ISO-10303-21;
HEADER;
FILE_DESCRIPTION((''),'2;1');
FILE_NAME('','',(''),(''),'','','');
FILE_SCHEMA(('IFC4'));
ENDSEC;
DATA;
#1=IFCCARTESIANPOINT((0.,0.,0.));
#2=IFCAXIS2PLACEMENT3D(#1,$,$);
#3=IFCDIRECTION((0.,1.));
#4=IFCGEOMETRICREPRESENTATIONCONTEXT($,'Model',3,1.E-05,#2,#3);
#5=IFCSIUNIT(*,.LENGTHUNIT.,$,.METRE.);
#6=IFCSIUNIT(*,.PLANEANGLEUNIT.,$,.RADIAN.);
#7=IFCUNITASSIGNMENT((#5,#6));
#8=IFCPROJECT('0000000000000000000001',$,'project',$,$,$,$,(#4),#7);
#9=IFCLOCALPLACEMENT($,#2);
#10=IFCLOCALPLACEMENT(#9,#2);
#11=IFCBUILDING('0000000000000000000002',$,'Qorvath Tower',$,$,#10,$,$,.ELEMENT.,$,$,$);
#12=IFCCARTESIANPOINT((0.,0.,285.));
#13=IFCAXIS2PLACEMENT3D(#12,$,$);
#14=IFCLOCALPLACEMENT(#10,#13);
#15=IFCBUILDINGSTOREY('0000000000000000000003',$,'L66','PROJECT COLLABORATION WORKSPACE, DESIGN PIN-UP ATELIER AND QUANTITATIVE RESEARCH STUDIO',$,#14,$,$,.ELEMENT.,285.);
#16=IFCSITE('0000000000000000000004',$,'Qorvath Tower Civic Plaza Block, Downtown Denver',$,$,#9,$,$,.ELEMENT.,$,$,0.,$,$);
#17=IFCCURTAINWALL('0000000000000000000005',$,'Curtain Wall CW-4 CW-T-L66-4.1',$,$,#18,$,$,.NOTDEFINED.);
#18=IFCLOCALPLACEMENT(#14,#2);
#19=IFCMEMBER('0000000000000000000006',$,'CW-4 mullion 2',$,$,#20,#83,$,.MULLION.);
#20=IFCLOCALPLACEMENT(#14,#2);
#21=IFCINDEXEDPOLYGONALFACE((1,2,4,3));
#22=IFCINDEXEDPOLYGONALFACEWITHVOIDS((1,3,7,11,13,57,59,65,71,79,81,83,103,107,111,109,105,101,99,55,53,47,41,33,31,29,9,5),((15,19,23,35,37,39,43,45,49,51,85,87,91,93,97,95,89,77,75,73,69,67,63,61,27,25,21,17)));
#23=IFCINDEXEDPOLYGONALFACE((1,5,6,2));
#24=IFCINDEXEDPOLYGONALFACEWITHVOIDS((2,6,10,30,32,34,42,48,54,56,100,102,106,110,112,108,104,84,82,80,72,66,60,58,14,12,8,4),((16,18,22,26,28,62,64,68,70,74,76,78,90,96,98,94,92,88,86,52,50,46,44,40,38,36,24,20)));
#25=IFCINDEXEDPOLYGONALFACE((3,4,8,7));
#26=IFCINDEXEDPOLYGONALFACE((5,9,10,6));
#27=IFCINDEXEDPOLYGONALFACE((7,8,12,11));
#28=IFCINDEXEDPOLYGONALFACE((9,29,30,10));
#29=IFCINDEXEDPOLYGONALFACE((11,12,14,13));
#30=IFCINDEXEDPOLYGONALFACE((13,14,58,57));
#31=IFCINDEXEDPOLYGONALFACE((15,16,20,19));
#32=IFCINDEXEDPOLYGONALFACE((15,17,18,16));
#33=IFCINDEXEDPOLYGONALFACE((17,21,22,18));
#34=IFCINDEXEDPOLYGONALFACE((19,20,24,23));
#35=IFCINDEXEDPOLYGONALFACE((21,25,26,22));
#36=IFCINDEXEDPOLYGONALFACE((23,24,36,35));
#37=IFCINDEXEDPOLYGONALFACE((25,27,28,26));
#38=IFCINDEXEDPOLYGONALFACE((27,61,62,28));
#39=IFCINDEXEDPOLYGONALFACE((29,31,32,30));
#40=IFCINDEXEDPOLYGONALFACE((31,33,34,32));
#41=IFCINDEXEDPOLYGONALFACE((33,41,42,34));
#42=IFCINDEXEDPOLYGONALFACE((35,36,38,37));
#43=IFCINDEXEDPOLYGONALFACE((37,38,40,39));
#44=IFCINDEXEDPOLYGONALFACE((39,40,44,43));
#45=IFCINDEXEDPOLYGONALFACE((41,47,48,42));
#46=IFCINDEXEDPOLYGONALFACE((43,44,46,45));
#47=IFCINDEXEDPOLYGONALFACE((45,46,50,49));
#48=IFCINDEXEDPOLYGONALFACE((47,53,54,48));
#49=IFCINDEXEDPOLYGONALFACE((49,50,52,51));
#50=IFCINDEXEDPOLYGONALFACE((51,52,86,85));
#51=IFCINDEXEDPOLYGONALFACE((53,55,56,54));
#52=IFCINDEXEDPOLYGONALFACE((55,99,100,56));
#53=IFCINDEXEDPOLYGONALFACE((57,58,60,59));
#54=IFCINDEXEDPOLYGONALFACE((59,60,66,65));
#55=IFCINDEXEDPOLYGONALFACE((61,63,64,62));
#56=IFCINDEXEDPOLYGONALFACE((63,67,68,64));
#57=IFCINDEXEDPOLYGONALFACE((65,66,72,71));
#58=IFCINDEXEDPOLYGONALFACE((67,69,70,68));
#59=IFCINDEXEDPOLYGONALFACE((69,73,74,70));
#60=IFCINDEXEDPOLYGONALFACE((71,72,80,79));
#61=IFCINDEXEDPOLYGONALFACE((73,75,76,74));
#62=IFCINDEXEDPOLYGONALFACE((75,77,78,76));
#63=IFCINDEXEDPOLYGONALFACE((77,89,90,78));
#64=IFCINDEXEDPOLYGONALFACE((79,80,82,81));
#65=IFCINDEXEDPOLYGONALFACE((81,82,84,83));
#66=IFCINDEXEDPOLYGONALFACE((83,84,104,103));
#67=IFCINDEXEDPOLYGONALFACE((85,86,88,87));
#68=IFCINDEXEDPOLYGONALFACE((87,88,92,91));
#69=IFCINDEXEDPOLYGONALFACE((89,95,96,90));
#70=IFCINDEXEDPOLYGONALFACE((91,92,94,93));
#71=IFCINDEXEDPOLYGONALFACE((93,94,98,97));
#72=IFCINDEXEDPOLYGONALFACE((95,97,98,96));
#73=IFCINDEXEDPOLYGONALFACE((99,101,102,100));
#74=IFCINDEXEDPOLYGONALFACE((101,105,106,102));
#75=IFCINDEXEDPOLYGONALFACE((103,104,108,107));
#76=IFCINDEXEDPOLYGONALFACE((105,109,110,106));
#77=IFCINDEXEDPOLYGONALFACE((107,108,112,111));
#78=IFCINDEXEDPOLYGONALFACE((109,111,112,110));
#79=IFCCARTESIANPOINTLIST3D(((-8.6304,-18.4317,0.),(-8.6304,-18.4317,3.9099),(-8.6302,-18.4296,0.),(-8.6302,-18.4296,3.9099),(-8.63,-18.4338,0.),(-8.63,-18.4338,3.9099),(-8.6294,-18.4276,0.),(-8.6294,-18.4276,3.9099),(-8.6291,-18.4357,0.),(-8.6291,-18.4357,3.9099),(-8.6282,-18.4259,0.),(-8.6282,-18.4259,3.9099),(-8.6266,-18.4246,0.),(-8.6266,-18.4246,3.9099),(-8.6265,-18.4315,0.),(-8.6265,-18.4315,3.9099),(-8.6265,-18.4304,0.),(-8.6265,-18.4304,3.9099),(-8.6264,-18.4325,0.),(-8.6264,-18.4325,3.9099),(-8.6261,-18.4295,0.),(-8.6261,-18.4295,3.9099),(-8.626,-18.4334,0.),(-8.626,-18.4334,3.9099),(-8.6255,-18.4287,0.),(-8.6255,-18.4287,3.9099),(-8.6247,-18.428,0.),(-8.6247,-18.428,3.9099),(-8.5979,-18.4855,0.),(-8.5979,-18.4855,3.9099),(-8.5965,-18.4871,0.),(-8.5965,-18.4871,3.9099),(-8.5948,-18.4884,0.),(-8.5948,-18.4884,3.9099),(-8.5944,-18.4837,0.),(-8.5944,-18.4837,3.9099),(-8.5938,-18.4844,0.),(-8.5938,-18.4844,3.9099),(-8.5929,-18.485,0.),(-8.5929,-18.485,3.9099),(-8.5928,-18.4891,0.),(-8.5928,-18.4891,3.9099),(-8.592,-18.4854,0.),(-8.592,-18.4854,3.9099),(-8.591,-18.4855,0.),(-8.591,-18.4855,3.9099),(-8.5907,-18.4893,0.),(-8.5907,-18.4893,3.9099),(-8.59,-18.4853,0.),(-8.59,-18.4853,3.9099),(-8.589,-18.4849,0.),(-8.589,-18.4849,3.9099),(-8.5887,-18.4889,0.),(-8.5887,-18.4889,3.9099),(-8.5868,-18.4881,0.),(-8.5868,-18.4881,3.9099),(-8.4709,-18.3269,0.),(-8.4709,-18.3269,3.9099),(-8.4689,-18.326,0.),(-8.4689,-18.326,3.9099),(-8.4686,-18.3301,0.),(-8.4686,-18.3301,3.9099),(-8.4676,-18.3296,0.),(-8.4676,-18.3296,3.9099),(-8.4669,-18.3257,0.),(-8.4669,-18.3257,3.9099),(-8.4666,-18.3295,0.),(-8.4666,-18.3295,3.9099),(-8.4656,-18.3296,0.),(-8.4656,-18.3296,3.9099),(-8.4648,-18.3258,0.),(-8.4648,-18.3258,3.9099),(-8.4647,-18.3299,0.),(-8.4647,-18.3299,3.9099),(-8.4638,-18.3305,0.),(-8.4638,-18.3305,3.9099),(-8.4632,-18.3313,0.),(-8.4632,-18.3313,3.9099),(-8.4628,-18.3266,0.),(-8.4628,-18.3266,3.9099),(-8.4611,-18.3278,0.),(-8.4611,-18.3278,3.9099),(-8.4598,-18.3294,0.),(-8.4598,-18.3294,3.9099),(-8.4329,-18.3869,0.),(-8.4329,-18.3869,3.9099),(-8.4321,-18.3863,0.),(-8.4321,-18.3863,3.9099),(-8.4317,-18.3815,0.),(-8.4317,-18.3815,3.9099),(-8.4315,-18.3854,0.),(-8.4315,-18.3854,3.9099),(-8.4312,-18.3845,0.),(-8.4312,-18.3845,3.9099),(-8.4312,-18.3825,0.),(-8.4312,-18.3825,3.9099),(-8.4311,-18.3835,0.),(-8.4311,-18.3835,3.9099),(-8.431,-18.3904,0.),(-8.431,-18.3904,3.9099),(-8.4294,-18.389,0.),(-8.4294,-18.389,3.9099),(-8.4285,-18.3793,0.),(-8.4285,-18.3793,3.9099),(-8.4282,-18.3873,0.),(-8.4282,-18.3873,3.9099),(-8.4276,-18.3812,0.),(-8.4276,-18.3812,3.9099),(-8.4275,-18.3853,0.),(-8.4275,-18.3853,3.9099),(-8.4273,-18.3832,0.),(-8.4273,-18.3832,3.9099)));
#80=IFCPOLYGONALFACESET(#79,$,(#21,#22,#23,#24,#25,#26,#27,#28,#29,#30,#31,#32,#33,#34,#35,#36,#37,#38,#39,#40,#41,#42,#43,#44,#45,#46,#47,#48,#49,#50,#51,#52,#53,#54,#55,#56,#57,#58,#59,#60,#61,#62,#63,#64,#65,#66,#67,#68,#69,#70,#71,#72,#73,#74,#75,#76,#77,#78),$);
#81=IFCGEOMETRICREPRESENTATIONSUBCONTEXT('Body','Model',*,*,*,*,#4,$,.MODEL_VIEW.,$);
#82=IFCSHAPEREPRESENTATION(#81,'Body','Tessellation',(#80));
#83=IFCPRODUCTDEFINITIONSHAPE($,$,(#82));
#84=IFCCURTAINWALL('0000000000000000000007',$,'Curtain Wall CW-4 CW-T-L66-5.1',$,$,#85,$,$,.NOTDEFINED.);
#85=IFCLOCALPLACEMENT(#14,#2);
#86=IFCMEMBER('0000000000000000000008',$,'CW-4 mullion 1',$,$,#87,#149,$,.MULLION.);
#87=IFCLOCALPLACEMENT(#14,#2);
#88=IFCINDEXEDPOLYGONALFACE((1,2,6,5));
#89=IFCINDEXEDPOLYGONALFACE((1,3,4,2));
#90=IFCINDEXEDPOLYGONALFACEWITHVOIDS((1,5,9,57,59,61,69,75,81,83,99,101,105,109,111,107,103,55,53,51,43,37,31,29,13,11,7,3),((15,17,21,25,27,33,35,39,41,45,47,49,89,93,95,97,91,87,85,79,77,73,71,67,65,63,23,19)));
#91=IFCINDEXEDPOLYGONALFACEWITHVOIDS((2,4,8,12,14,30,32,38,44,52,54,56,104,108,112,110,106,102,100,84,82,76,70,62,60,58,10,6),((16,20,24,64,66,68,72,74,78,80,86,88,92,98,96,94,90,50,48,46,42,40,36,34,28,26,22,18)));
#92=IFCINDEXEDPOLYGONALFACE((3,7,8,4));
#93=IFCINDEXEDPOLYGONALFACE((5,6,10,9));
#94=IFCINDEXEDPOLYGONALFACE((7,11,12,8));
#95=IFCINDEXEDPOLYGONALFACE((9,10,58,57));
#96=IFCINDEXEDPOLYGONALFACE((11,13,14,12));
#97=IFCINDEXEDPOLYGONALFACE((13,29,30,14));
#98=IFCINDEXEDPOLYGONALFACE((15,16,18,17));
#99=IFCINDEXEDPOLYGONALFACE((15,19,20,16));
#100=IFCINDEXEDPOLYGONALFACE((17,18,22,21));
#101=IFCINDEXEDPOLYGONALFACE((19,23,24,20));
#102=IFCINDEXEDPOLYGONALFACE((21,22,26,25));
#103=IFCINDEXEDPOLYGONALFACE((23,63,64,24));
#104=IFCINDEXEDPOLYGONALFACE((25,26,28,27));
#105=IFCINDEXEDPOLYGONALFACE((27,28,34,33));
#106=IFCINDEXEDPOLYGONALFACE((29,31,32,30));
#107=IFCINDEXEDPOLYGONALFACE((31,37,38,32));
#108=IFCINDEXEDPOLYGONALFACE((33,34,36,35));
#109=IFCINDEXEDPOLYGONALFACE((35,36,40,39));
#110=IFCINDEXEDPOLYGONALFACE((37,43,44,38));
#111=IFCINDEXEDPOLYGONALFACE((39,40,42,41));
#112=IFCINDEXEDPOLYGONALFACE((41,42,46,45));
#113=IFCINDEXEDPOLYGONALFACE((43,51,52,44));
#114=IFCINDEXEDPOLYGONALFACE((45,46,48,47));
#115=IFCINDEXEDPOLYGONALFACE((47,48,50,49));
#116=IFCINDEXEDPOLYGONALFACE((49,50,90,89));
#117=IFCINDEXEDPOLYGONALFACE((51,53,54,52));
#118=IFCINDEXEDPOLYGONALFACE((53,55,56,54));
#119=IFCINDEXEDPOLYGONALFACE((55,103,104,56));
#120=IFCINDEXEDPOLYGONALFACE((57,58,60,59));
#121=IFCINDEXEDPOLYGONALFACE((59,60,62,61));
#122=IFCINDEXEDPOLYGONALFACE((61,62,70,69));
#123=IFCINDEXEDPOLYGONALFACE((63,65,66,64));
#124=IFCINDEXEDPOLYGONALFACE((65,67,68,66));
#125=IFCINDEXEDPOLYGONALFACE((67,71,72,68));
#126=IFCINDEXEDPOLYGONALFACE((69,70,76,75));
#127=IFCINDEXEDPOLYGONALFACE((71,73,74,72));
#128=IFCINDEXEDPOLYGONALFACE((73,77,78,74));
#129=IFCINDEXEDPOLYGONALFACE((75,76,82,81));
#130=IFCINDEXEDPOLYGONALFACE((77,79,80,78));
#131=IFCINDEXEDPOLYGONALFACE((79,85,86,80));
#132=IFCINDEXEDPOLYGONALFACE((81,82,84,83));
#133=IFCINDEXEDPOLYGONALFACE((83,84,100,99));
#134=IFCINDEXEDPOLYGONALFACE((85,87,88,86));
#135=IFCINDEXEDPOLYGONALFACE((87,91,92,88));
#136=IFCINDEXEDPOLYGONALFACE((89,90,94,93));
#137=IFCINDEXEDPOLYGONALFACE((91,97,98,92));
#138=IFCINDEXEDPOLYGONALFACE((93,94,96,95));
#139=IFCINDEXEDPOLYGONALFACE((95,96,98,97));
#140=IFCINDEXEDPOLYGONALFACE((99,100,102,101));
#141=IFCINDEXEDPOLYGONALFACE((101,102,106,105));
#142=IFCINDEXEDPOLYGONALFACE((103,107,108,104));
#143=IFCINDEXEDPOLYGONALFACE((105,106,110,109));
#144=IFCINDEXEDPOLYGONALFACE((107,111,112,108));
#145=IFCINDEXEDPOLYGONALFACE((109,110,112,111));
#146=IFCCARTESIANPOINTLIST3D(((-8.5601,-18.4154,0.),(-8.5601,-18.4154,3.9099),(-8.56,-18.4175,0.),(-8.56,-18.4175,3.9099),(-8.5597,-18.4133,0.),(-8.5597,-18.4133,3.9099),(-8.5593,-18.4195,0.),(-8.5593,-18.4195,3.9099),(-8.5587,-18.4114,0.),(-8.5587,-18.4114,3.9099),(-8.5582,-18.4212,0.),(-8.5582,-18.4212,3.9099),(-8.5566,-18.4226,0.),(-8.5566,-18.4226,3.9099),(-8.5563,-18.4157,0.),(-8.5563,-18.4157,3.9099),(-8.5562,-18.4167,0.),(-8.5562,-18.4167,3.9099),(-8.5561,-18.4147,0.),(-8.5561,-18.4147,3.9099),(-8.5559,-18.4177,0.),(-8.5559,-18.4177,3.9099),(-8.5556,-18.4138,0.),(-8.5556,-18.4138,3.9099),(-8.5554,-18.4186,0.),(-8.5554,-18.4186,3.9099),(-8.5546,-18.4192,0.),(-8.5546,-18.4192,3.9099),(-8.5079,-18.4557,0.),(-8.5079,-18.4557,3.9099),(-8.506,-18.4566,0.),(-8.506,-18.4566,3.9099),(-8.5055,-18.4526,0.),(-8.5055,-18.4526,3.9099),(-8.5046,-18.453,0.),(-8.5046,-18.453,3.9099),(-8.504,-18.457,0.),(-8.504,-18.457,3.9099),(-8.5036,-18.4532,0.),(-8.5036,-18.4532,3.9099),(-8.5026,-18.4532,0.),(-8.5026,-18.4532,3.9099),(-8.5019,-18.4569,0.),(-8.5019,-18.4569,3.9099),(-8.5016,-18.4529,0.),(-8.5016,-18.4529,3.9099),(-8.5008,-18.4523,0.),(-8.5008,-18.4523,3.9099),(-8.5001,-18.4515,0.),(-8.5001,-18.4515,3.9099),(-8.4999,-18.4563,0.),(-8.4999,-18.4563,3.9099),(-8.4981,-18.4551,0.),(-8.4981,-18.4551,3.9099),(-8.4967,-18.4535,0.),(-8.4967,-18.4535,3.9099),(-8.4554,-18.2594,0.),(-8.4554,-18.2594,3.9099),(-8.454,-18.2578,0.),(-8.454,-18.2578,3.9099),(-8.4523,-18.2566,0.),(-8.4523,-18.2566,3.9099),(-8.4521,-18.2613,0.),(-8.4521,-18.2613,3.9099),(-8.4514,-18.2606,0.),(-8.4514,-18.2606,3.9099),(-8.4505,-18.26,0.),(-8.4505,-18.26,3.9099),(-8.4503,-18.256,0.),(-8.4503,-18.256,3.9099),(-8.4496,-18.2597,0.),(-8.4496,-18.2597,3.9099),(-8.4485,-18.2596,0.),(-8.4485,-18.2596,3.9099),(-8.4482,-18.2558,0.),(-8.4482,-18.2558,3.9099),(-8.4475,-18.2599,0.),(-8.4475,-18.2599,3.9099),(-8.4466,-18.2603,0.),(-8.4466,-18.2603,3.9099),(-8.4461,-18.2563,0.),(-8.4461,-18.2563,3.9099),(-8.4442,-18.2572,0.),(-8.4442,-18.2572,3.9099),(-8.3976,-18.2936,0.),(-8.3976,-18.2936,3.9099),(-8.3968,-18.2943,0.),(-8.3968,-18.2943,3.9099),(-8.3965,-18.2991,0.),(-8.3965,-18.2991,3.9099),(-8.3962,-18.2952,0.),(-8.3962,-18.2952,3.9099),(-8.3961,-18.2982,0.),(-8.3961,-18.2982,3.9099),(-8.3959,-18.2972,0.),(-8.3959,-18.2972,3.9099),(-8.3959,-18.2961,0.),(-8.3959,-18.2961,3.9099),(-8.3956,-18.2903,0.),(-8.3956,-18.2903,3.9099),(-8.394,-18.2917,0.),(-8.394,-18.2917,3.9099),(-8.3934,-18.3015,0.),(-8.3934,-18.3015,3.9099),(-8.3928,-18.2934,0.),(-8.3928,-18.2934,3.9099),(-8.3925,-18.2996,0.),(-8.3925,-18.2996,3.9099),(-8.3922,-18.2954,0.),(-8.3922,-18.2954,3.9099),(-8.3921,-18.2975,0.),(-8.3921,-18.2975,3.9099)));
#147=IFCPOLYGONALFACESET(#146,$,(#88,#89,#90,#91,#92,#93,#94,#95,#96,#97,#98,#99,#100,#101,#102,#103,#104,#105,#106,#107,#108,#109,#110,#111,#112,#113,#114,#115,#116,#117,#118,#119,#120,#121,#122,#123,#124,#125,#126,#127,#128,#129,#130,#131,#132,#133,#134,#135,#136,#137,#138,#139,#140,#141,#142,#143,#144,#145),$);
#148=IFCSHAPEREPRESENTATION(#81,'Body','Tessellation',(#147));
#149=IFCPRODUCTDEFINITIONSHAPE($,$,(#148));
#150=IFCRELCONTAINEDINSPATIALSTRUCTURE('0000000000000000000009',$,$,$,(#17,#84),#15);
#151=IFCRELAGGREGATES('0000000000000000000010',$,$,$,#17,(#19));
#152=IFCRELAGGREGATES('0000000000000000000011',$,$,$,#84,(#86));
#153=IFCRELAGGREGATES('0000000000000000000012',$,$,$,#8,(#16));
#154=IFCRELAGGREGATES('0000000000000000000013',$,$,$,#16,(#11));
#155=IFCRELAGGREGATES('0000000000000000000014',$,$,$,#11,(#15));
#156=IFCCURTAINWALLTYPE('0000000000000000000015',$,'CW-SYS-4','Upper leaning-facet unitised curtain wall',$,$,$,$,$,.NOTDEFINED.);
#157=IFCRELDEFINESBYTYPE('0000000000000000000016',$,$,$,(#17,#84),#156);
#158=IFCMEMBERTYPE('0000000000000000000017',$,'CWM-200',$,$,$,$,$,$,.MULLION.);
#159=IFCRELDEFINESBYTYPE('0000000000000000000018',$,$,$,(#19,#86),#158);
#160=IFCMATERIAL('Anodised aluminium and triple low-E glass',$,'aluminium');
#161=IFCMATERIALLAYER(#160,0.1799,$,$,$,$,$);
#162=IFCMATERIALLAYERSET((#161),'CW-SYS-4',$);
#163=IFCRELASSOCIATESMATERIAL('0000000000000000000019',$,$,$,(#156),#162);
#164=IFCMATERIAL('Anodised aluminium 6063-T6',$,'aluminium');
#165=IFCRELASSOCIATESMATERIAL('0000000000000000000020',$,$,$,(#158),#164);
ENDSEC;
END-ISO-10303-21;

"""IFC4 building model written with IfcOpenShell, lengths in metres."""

from ifc_helpers import new_model, si_unit, direction, frame, origin, origin_2d, place, context, subcontext, project, spatial, hollow_rectangle, extrude, material, layer, layer_set, material_profile, profile_set, type_object, element, aggregate, save


model = new_model("IFC4")

# Units and contexts
model_context = context("Model", 3, precision=1e-05, world=origin(), true_north=direction((0.0, 1.0)))
body_context = subcontext(model_context, "Body", "Model", "MODEL_VIEW")
ifc_project = project(units=[si_unit("LENGTHUNIT", "METRE"), si_unit("PLANEANGLEUNIT", "RADIAN")], contexts=[model_context])

# Site, building, storey
site_placement = place(None, origin())
site = spatial("IfcSite", under=ifc_project, at=site_placement, Name="Qorvath Tower Civic Plaza Block, Downtown Denver", CompositionType="ELEMENT", RefElevation=0.0)
building_placement = place(site_placement, origin())
building = spatial("IfcBuilding", under=site, at=building_placement, Name="Qorvath Tower", CompositionType="ELEMENT")
storey_placement = place(building_placement, frame((0.0, 0.0, 285.0)))
storey = spatial("IfcBuildingStorey", under=building, at=storey_placement, Name="L66", Description="PROJECT COLLABORATION WORKSPACE, DESIGN PIN-UP ATELIER AND QUANTITATIVE RESEARCH STUDIO", CompositionType="ELEMENT", Elevation=285.0)

# Shared definitions
ifc_material_1 = material(Name="Anodised aluminium and triple low-E glass", Category="aluminium")
ifc_layer_1 = layer(ifc_material_1, 0.1799)
ifc_layer_set_1 = layer_set([ifc_layer_1], Name="CW-SYS-4")
curtain_wall_type = type_object("IfcCurtainWallType", Name="CW-SYS-4", Description="Upper leaning-facet unitised curtain wall", PredefinedType="NOTDEFINED", material=ifc_layer_set_1)
ifc_material_2 = material(Name="Anodised aluminium 6063-T6", Category="aluminium")
ifc_material_profile_1 = material_profile(ifc_material_2, hollow_rectangle(XDim=0.075, YDim=0.2, WallThickness=0.0039, InnerFilletRadius=0.0039, OuterFilletRadius=0.0081, at=origin_2d()), Name="CWM 200x75")
ifc_profile_set_1 = profile_set([ifc_material_profile_1], Name="Anodised aluminium 6063-T6")
member_type_1 = type_object("IfcMemberType", Name="CWM-200", PredefinedType="MULLION", material=ifc_profile_set_1)

# Curtain walls, members
curtain_wall_1_placement = place(storey_placement, origin())
curtain_wall_1 = element("IfcCurtainWall", 1, at=curtain_wall_1_placement, inside=storey, type_object=curtain_wall_type, Name="Curtain Wall CW-4 CW-T-L66-4.1", PredefinedType="NOTDEFINED")
member_1_placement = place(storey_placement, frame((-8.5288, -18.4075, 0.0), z_axis=(0.0, 0.0, 1.0), x_axis=(-0.531419, 0.847109, 0.0)))
member_1 = element("IfcMember", 2, at=member_1_placement, type_object=member_type_1, Name="CW-4 mullion 2", PredefinedType="MULLION", context=body_context, shape_type="SweptSolid", body=[
    extrude(hollow_rectangle(XDim=0.075, YDim=0.2, WallThickness=0.0039, InnerFilletRadius=0.0039, OuterFilletRadius=0.0081, at=origin_2d()), origin(), (0.0, 0.0, 1.0), 3.9099),
])
curtain_wall_2_placement = place(storey_placement, origin())
curtain_wall_2 = element("IfcCurtainWall", 3, at=curtain_wall_2_placement, inside=storey, type_object=curtain_wall_type, Name="Curtain Wall CW-4 CW-T-L66-5.1", PredefinedType="NOTDEFINED")
member_2_placement = place(storey_placement, frame((-8.4761, -18.3564, 0.0), z_axis=(0.0, 0.0, 1.0), x_axis=(-0.827177, 0.561941, 0.0)))
member_2 = element("IfcMember", 4, at=member_2_placement, type_object=member_type_1, Name="CW-4 mullion 1", PredefinedType="MULLION", context=body_context, shape_type="SweptSolid", body=[
    extrude(hollow_rectangle(XDim=0.075, YDim=0.2, WallThickness=0.0039, InnerFilletRadius=0.0039, OuterFilletRadius=0.0081, at=origin_2d()), origin(), (0.0, 0.0, 1.0), 3.9099),
])

aggregate(curtain_wall_1, [member_1])
aggregate(curtain_wall_2, [member_2])

save(model, "model.ifc")
